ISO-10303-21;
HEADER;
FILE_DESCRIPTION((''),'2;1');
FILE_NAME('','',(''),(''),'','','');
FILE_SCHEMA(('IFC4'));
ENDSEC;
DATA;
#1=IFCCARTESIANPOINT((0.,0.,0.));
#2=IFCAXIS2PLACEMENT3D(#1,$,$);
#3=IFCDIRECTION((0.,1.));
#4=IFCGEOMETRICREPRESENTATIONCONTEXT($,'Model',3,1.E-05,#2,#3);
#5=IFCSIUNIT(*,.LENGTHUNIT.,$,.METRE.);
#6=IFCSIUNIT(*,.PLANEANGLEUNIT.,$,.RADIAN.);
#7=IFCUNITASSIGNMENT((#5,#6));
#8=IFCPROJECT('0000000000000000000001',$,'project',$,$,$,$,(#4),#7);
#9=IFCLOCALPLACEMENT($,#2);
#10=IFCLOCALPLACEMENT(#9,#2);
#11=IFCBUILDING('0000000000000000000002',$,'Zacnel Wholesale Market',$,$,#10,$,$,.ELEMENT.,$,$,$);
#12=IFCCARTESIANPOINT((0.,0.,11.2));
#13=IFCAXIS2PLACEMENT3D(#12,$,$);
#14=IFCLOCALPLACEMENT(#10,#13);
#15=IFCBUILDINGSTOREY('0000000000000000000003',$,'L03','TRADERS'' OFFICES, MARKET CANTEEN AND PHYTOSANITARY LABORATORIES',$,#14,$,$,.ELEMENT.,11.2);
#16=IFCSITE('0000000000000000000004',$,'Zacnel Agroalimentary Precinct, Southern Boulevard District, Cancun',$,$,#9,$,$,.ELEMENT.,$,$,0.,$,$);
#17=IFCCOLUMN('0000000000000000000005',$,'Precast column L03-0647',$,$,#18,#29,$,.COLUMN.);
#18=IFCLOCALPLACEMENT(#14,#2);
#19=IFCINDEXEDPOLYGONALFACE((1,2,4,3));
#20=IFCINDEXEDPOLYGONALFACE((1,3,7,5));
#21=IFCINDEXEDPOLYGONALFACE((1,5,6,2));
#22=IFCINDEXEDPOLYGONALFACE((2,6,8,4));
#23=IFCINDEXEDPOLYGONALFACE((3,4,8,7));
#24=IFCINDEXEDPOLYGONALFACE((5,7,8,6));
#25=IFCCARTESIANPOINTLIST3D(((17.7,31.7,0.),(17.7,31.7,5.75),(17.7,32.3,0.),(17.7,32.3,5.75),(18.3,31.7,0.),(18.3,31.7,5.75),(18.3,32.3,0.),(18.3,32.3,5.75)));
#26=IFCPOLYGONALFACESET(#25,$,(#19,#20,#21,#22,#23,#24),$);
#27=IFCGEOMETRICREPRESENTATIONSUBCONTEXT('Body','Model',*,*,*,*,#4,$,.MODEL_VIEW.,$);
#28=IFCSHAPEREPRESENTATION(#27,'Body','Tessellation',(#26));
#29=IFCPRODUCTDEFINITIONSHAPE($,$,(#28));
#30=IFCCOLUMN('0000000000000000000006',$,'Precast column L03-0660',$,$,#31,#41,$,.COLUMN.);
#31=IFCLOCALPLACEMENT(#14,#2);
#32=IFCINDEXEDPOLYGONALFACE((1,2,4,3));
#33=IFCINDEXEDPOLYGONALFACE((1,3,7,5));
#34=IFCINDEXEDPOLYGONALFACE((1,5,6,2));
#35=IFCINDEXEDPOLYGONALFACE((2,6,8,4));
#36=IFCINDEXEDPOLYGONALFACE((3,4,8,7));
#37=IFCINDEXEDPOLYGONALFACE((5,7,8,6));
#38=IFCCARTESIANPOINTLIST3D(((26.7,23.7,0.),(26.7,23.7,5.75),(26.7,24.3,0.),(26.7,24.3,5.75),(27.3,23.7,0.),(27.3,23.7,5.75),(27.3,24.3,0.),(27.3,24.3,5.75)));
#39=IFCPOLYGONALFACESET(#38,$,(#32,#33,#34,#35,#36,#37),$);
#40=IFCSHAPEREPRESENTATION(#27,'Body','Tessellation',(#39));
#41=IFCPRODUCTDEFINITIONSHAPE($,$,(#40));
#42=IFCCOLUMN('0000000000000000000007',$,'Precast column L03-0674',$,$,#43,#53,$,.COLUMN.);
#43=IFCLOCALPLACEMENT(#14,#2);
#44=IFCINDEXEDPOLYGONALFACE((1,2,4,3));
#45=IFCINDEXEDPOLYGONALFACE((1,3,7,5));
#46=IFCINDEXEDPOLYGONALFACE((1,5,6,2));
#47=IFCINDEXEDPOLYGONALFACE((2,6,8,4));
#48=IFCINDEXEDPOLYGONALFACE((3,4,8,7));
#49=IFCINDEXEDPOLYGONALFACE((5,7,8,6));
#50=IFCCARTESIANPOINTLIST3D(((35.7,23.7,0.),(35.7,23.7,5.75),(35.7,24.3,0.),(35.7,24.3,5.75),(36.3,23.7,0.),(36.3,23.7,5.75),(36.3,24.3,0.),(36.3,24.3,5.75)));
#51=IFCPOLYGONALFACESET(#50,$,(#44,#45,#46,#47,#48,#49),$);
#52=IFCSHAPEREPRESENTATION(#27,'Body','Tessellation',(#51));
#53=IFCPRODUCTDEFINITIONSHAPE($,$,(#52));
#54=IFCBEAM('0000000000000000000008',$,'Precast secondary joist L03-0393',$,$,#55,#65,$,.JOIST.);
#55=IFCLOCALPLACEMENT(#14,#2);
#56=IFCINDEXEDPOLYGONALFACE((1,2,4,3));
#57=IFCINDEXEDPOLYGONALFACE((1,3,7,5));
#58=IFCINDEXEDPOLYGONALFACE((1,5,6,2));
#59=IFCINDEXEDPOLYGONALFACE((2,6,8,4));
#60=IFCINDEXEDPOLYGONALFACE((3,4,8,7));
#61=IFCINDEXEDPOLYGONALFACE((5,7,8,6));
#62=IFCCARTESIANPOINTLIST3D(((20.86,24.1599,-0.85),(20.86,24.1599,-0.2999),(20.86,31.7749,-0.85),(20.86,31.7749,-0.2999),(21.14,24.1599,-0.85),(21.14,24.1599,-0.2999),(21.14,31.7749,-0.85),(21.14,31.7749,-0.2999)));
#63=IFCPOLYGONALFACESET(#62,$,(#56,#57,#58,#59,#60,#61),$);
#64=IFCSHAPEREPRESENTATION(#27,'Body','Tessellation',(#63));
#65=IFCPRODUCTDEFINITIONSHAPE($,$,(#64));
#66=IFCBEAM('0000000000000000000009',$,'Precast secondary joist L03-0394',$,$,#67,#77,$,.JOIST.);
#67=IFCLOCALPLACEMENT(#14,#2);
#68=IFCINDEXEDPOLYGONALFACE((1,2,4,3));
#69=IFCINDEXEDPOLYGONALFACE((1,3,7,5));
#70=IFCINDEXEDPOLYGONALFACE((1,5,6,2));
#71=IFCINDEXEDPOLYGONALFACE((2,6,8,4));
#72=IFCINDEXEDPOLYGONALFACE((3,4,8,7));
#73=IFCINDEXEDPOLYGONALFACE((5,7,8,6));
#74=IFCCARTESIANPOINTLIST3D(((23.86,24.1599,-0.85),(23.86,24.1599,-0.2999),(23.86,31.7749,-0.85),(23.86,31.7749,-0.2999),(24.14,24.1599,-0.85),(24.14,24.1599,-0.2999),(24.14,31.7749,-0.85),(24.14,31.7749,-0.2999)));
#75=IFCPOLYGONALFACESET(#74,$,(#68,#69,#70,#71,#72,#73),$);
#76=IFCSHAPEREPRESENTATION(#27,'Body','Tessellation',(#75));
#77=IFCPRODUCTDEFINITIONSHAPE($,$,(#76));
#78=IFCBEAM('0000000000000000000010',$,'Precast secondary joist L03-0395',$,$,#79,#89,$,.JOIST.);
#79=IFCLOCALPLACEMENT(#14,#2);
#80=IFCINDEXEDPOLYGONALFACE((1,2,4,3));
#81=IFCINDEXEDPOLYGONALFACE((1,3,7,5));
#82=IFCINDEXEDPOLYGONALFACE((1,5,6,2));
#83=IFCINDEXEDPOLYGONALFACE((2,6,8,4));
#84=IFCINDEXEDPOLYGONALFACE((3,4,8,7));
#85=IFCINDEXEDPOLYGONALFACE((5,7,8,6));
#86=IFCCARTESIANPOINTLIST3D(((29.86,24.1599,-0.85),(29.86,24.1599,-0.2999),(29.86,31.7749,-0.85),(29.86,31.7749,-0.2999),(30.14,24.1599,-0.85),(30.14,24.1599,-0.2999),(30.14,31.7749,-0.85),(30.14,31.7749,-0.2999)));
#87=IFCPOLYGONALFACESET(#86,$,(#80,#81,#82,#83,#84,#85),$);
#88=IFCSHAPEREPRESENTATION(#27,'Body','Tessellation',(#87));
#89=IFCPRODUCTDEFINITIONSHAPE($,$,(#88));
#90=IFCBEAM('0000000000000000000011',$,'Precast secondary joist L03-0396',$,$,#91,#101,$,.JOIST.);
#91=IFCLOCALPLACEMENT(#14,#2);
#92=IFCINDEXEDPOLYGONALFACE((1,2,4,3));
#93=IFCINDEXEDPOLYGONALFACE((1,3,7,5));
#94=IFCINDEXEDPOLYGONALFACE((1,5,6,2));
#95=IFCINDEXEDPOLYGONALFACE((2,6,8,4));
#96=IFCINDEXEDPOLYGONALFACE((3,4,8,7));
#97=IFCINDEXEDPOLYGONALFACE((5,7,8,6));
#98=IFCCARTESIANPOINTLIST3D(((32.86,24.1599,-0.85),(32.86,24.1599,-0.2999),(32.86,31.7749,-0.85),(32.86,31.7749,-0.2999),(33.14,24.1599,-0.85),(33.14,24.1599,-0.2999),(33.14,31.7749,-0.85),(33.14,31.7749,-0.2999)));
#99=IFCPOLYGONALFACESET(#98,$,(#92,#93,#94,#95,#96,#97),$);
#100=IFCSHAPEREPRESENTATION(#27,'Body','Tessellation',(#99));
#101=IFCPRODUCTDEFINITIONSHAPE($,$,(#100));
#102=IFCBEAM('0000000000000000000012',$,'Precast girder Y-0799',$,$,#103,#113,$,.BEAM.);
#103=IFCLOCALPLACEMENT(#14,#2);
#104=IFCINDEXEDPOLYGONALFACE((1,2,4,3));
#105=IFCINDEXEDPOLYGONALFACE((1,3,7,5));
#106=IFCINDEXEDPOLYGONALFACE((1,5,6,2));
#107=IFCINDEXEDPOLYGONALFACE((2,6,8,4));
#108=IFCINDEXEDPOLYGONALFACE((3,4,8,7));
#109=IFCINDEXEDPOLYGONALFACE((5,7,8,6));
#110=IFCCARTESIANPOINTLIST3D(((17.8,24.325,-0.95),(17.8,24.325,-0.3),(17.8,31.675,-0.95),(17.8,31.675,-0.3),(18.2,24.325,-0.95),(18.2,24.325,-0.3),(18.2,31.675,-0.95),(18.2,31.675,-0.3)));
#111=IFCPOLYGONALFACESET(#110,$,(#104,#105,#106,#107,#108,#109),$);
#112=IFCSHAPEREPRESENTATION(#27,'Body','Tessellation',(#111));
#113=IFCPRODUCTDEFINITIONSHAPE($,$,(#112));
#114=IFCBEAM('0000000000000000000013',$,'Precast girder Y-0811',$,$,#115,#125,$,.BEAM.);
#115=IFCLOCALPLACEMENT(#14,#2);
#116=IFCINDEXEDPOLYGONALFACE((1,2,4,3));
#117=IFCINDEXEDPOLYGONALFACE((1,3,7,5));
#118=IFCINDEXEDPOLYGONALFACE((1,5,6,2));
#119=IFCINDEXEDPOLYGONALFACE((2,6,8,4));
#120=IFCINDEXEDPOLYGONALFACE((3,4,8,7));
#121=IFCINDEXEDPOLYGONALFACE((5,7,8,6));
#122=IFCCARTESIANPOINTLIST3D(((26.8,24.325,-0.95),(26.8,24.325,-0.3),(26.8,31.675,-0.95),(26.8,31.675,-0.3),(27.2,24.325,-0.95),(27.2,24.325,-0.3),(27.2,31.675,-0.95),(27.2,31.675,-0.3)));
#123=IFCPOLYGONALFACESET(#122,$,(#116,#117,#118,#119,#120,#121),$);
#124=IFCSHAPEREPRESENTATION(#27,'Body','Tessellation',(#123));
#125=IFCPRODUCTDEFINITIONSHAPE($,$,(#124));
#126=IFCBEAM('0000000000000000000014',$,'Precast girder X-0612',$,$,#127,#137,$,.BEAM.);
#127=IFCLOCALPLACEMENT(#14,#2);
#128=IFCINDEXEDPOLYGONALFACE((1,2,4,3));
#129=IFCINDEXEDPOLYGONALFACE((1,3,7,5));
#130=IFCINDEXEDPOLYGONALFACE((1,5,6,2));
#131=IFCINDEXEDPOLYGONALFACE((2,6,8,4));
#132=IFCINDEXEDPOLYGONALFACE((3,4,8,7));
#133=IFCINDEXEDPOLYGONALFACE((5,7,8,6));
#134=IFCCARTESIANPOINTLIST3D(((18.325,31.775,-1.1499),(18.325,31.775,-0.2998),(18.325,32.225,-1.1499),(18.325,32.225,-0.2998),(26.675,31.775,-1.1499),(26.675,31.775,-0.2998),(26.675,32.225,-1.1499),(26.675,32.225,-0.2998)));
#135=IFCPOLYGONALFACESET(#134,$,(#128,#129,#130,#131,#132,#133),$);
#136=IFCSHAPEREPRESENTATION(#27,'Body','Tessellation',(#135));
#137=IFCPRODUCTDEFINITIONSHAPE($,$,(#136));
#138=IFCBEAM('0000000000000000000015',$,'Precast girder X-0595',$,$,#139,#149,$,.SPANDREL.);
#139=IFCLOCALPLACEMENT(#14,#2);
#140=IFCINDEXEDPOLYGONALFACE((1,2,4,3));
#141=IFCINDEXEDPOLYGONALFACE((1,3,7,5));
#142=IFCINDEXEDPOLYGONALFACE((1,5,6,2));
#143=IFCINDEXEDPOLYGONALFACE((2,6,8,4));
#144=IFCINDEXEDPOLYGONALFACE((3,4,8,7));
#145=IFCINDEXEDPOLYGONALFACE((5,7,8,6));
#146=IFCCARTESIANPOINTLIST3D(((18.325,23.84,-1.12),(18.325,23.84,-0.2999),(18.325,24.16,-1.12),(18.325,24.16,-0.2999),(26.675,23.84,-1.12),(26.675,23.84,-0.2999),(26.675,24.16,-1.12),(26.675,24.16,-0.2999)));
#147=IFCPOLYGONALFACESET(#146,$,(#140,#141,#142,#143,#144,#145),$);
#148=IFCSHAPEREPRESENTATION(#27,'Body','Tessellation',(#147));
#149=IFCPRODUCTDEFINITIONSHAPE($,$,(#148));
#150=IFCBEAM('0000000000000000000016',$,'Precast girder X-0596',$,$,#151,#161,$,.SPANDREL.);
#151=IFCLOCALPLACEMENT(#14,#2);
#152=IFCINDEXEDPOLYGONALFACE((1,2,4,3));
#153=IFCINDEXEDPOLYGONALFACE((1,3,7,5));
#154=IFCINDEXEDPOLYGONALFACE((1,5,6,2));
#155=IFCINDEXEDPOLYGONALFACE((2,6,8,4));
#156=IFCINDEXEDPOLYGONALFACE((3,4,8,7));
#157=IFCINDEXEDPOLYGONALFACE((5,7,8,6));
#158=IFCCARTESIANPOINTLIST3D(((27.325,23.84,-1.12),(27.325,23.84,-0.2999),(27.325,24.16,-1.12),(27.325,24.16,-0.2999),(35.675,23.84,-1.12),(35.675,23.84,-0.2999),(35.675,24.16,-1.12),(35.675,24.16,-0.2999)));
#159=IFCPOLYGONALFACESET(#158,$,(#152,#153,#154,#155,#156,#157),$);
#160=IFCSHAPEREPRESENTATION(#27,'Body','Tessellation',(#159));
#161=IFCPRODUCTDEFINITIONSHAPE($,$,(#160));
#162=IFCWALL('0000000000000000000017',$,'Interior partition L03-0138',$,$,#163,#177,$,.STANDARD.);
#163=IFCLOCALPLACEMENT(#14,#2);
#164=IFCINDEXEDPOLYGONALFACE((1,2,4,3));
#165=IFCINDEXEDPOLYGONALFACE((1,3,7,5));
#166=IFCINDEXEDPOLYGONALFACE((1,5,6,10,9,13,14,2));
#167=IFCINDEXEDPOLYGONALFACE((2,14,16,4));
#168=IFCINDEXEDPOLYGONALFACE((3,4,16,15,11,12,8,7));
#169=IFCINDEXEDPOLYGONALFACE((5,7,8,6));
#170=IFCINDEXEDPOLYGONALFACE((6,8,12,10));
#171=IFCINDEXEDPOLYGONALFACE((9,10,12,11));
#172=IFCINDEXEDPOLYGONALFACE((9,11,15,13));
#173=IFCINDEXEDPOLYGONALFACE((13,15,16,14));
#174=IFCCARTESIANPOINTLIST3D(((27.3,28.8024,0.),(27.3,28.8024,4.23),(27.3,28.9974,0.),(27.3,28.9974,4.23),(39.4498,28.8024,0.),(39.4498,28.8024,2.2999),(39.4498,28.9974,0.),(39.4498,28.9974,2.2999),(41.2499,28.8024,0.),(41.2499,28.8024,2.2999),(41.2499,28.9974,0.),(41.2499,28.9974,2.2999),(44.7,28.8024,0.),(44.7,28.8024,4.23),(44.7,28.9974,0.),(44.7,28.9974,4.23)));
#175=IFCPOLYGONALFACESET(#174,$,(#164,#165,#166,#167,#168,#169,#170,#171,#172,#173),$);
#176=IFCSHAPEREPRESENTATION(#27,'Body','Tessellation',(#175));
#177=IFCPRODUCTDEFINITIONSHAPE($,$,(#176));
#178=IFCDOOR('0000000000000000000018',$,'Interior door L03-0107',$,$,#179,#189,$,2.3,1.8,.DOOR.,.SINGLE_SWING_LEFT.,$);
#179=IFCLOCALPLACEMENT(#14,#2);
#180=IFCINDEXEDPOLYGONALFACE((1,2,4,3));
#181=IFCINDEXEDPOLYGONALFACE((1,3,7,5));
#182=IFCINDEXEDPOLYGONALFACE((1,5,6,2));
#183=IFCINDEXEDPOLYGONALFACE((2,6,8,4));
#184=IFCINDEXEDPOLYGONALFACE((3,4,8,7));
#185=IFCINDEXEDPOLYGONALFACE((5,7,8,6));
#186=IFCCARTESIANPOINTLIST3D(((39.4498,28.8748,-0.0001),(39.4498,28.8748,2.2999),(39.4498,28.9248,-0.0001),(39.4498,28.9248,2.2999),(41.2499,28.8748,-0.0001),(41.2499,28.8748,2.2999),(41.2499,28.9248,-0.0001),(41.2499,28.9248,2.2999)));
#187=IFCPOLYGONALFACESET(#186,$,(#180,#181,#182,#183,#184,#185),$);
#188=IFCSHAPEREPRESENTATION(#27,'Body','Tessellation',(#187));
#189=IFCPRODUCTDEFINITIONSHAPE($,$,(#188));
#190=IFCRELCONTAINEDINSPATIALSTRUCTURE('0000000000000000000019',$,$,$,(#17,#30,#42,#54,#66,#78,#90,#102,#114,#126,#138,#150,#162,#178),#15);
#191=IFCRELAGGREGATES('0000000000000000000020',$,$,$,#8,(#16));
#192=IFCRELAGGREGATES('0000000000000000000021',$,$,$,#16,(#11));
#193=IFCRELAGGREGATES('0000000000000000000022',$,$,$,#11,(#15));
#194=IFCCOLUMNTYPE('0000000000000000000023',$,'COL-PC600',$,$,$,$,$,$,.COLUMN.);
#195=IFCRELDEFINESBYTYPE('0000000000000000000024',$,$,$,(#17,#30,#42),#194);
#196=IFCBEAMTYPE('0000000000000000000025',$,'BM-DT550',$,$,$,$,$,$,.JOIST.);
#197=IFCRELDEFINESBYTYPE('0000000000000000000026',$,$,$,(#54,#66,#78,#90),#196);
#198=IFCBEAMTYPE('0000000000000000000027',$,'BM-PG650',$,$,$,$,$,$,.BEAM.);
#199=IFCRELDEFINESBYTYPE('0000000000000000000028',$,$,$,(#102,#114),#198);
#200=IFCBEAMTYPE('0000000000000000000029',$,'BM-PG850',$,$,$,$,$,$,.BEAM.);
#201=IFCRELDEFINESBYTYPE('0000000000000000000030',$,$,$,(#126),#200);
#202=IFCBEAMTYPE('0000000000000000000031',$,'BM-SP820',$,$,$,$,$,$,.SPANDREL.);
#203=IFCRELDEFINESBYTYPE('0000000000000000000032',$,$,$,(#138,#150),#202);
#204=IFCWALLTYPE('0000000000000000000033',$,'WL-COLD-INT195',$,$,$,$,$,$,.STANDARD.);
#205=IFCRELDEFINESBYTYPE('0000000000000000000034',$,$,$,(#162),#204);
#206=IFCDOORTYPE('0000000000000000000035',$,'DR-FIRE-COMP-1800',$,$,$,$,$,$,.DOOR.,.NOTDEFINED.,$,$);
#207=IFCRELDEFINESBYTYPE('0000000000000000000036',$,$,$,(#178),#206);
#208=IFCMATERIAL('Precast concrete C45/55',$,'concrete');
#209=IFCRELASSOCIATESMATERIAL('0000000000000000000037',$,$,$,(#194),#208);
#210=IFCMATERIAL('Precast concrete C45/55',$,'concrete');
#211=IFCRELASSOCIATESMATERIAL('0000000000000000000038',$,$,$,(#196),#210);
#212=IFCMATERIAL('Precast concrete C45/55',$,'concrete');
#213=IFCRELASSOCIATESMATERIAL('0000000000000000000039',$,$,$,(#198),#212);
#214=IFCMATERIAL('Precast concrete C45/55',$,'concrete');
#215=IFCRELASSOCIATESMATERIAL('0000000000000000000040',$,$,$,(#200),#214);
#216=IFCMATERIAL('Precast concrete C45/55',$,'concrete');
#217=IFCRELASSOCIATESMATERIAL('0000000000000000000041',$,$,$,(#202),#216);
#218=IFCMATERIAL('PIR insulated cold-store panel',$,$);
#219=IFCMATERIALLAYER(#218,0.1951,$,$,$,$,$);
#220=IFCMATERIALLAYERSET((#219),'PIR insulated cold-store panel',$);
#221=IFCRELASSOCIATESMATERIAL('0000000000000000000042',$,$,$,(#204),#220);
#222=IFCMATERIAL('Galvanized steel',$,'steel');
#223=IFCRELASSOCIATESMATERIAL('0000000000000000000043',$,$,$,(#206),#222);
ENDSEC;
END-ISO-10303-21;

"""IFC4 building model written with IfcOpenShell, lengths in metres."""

from ifc_helpers import new_model, si_unit, direction, frame, frame_2d, origin, origin_2d, place, context, subcontext, project, spatial, rectangle, extrude, material, layer, layer_set, material_profile, profile_set, type_object, element, fill, save


model = new_model("IFC4")

# Units and contexts
model_context = context("Model", 3, precision=1e-05, world=origin(), true_north=direction((0.0, 1.0)))
body_context = subcontext(model_context, "Body", "Model", "MODEL_VIEW")
ifc_project = project(units=[si_unit("LENGTHUNIT", "METRE"), si_unit("PLANEANGLEUNIT", "RADIAN")], contexts=[model_context])

# Site, building, storey
site_placement = place(None, origin())
site = spatial("IfcSite", under=ifc_project, at=site_placement, Name="Zacnel Agroalimentary Precinct, Southern Boulevard District, Cancun", CompositionType="ELEMENT", RefElevation=0.0)
building_placement = place(site_placement, origin())
building = spatial("IfcBuilding", under=site, at=building_placement, Name="Zacnel Wholesale Market", CompositionType="ELEMENT")
storey_placement = place(building_placement, frame((0.0, 0.0, 11.2)))
storey = spatial("IfcBuildingStorey", under=building, at=storey_placement, Name="L03", Description="TRADERS' OFFICES, MARKET CANTEEN AND PHYTOSANITARY LABORATORIES", CompositionType="ELEMENT", Elevation=11.2)

# Columns
ifc_material_1 = material(Name="Precast concrete C45/55", Category="concrete")
ifc_material_profile_1 = material_profile(ifc_material_1, rectangle(XDim=0.6001, YDim=0.6001, at=origin_2d()), Name="PC 600x600")
ifc_profile_set_1 = profile_set([ifc_material_profile_1], Name="Precast concrete C45/55")
column_type = type_object("IfcColumnType", Name="COL-PC600", PredefinedType="COLUMN", material=ifc_profile_set_1)
for number, where, z_axis, x_axis, name in (
    (1, (18.0, 32.0, 0.0), (0.0, 0.0, 1.0), (1.0, 0.0, 0.0), "Precast column L03-0647"),
    (2, (27.0, 24.0, 0.0), (0.0, 0.0, 1.0), (1.0, 0.0, 0.0), "Precast column L03-0660"),
    (3, (36.0, 24.0, 0.0), (0.0, 0.0, 1.0), (1.0, 0.0, 0.0), "Precast column L03-0674"),
):
    element("IfcColumn", number, at=place(storey_placement, frame(where, z_axis=z_axis, x_axis=x_axis)), inside=storey, type_object=column_type, Name=name, PredefinedType="COLUMN", context=body_context, shape_type="SweptSolid", body=[
        extrude(rectangle(XDim=0.6001, YDim=0.6001, at=origin_2d()), origin(), (0.0, 0.0, 1.0), 5.75),
    ])

# Beams
ifc_material_2 = material(Name="Precast concrete C45/55", Category="concrete")
ifc_material_profile_2 = material_profile(ifc_material_2, rectangle(XDim=0.28, YDim=0.55, at=origin_2d()), Name="DT RIB 280x550")
ifc_profile_set_2 = profile_set([ifc_material_profile_2], Name="Precast concrete C45/55")
beam_type_1 = type_object("IfcBeamType", Name="BM-DT550", PredefinedType="JOIST", material=ifc_profile_set_2)
for number, where, z_axis, x_axis, name in (
    (4, (21.0, 24.1599, -0.575), (0.0, 1.0, 0.0), (-1.0, 0.0, 0.0), "Precast secondary joist L03-0393"),
    (5, (24.0, 24.1599, -0.575), (0.0, 1.0, 0.0), (-1.0, 0.0, 0.0), "Precast secondary joist L03-0394"),
    (6, (30.0, 24.1599, -0.575), (0.0, 1.0, 0.0), (-1.0, 0.0, 0.0), "Precast secondary joist L03-0395"),
    (7, (33.0, 24.1599, -0.575), (0.0, 1.0, 0.0), (-1.0, 0.0, 0.0), "Precast secondary joist L03-0396"),
):
    element("IfcBeam", number, at=place(storey_placement, frame(where, z_axis=z_axis, x_axis=x_axis)), inside=storey, type_object=beam_type_1, Name=name, PredefinedType="JOIST", context=body_context, shape_type="SweptSolid", body=[
        extrude(rectangle(XDim=0.28, YDim=0.55, at=origin_2d()), origin(), (0.0, 0.0, 1.0), 7.615),
    ])
ifc_material_3 = material(Name="Precast concrete C45/55", Category="concrete")
ifc_material_profile_3 = material_profile(ifc_material_3, rectangle(XDim=0.3999, YDim=0.6499, at=origin_2d()), Name="PG 400x650")
ifc_profile_set_3 = profile_set([ifc_material_profile_3], Name="Precast concrete C45/55")
beam_type_2 = type_object("IfcBeamType", Name="BM-PG650", PredefinedType="BEAM", material=ifc_profile_set_3)
for number, where, z_axis, x_axis, name in (
    (8, (18.0, 24.325, -0.625), (0.0, 1.0, 0.0), (-1.0, 0.0, 0.0), "Precast girder Y-0799"),
    (9, (27.0, 24.325, -0.625), (0.0, 1.0, 0.0), (-1.0, 0.0, 0.0), "Precast girder Y-0811"),
):
    element("IfcBeam", number, at=place(storey_placement, frame(where, z_axis=z_axis, x_axis=x_axis)), inside=storey, type_object=beam_type_2, Name=name, PredefinedType="BEAM", context=body_context, shape_type="SweptSolid", body=[
        extrude(rectangle(XDim=0.3999, YDim=0.6499, at=origin_2d()), origin(), (0.0, 0.0, 1.0), 7.3501),
    ])
ifc_material_4 = material(Name="Precast concrete C45/55", Category="concrete")
ifc_material_profile_4 = material_profile(ifc_material_4, rectangle(XDim=0.45, YDim=0.8501, at=origin_2d()), Name="PG 450x850")
ifc_profile_set_4 = profile_set([ifc_material_profile_4], Name="Precast concrete C45/55")
beam_type_3 = type_object("IfcBeamType", Name="BM-PG850", PredefinedType="BEAM", material=ifc_profile_set_4)
beam_placement = place(storey_placement, frame((18.325, 32.0, -0.7249), z_axis=(1.0, 0.0, 0.0), x_axis=(0.0, 1.0, 0.0)))
element("IfcBeam", 10, at=beam_placement, inside=storey, type_object=beam_type_3, Name="Precast girder X-0612", PredefinedType="BEAM", context=body_context, shape_type="SweptSolid", body=[
    extrude(rectangle(XDim=0.45, YDim=0.8501, at=origin_2d()), origin(), (0.0, 0.0, 1.0), 8.3501),
])
ifc_material_5 = material(Name="Precast concrete C45/55", Category="concrete")
ifc_material_profile_5 = material_profile(ifc_material_5, rectangle(XDim=0.3201, YDim=0.8201, at=origin_2d()), Name="SP 320x820")
ifc_profile_set_5 = profile_set([ifc_material_profile_5], Name="Precast concrete C45/55")
beam_type_4 = type_object("IfcBeamType", Name="BM-SP820", PredefinedType="SPANDREL", material=ifc_profile_set_5)
for number, where, z_axis, x_axis, name in (
    (11, (18.325, 24.0, -0.71), (1.0, 0.0, 0.0), (0.0, 1.0, 0.0), "Precast girder X-0595"),
    (12, (27.325, 24.0, -0.71), (1.0, 0.0, 0.0), (0.0, 1.0, 0.0), "Precast girder X-0596"),
):
    element("IfcBeam", number, at=place(storey_placement, frame(where, z_axis=z_axis, x_axis=x_axis)), inside=storey, type_object=beam_type_4, Name=name, PredefinedType="SPANDREL", context=body_context, shape_type="SweptSolid", body=[
        extrude(rectangle(XDim=0.3201, YDim=0.8201, at=origin_2d()), origin(), (0.0, 0.0, 1.0), 8.3501),
    ])

# Wall, opening, door
ifc_material_6 = material(Name="PIR insulated cold-store panel")
ifc_layer_1 = layer(ifc_material_6, 0.1951)
ifc_layer_set_1 = layer_set([ifc_layer_1], Name="PIR insulated cold-store panel")
wall_type_1 = type_object("IfcWallType", Name="WL-COLD-INT195", PredefinedType="STANDARD", material=ifc_layer_set_1)
wall_1_placement = place(storey_placement, frame((27.3, 28.8999, 0.0), z_axis=(0.0, 0.0, 1.0), x_axis=(1.0, 0.0, 0.0)))
wall_1 = element("IfcWall", 13, at=wall_1_placement, inside=storey, type_object=wall_type_1, Name="Interior partition L03-0138", PredefinedType="STANDARD", context=body_context, shape_type="SweptSolid", body=[
    extrude(rectangle(XDim=17.3999, YDim=0.1951, at=frame_2d((8.7, 0.0))), origin(), (0.0, 0.0, 1.0), 4.23),
])
opening_1_placement = place(wall_1_placement, frame((12.1499, 0.0, 0.0)))
opening_1 = element("IfcOpeningElement", 14, at=opening_1_placement, cuts=wall_1, PredefinedType="OPENING", context=body_context, shape_type="SweptSolid", body=[
    extrude(rectangle(XDim=1.8, YDim=2.3, at=frame_2d((0.8999, 1.1499))), frame((0.0, 0.1074, 0.0), z_axis=(0.0, -1.0, 0.0), x_axis=(1.0, 0.0, 0.0)), (0.0, 0.0, 1.0), 0.2151),
])
ifc_material_7 = material(Name="Galvanized steel", Category="steel")
door_type_1 = type_object("IfcDoorType", Name="DR-FIRE-COMP-1800", OperationType="NOTDEFINED", PredefinedType="DOOR", material=ifc_material_7)
door_1_placement = place(opening_1_placement, origin())
door_1 = element("IfcDoor", 15, at=door_1_placement, inside=storey, type_object=door_type_1, Name="Interior door L03-0107", OperationType="SINGLE_SWING_LEFT", OverallHeight=2.3, OverallWidth=1.8, PredefinedType="DOOR", context=body_context, shape_type="SweptSolid", body=[
    extrude(rectangle(XDim=1.8, YDim=2.3, at=frame_2d((0.8999, 1.1499))), frame((0.0, 0.0249, 0.0), z_axis=(0.0, -1.0, 0.0), x_axis=(1.0, 0.0, 0.0)), (0.0, 0.0, 1.0), 0.05),
])
fill(opening_1, door_1)

save(model, "model.ifc")
